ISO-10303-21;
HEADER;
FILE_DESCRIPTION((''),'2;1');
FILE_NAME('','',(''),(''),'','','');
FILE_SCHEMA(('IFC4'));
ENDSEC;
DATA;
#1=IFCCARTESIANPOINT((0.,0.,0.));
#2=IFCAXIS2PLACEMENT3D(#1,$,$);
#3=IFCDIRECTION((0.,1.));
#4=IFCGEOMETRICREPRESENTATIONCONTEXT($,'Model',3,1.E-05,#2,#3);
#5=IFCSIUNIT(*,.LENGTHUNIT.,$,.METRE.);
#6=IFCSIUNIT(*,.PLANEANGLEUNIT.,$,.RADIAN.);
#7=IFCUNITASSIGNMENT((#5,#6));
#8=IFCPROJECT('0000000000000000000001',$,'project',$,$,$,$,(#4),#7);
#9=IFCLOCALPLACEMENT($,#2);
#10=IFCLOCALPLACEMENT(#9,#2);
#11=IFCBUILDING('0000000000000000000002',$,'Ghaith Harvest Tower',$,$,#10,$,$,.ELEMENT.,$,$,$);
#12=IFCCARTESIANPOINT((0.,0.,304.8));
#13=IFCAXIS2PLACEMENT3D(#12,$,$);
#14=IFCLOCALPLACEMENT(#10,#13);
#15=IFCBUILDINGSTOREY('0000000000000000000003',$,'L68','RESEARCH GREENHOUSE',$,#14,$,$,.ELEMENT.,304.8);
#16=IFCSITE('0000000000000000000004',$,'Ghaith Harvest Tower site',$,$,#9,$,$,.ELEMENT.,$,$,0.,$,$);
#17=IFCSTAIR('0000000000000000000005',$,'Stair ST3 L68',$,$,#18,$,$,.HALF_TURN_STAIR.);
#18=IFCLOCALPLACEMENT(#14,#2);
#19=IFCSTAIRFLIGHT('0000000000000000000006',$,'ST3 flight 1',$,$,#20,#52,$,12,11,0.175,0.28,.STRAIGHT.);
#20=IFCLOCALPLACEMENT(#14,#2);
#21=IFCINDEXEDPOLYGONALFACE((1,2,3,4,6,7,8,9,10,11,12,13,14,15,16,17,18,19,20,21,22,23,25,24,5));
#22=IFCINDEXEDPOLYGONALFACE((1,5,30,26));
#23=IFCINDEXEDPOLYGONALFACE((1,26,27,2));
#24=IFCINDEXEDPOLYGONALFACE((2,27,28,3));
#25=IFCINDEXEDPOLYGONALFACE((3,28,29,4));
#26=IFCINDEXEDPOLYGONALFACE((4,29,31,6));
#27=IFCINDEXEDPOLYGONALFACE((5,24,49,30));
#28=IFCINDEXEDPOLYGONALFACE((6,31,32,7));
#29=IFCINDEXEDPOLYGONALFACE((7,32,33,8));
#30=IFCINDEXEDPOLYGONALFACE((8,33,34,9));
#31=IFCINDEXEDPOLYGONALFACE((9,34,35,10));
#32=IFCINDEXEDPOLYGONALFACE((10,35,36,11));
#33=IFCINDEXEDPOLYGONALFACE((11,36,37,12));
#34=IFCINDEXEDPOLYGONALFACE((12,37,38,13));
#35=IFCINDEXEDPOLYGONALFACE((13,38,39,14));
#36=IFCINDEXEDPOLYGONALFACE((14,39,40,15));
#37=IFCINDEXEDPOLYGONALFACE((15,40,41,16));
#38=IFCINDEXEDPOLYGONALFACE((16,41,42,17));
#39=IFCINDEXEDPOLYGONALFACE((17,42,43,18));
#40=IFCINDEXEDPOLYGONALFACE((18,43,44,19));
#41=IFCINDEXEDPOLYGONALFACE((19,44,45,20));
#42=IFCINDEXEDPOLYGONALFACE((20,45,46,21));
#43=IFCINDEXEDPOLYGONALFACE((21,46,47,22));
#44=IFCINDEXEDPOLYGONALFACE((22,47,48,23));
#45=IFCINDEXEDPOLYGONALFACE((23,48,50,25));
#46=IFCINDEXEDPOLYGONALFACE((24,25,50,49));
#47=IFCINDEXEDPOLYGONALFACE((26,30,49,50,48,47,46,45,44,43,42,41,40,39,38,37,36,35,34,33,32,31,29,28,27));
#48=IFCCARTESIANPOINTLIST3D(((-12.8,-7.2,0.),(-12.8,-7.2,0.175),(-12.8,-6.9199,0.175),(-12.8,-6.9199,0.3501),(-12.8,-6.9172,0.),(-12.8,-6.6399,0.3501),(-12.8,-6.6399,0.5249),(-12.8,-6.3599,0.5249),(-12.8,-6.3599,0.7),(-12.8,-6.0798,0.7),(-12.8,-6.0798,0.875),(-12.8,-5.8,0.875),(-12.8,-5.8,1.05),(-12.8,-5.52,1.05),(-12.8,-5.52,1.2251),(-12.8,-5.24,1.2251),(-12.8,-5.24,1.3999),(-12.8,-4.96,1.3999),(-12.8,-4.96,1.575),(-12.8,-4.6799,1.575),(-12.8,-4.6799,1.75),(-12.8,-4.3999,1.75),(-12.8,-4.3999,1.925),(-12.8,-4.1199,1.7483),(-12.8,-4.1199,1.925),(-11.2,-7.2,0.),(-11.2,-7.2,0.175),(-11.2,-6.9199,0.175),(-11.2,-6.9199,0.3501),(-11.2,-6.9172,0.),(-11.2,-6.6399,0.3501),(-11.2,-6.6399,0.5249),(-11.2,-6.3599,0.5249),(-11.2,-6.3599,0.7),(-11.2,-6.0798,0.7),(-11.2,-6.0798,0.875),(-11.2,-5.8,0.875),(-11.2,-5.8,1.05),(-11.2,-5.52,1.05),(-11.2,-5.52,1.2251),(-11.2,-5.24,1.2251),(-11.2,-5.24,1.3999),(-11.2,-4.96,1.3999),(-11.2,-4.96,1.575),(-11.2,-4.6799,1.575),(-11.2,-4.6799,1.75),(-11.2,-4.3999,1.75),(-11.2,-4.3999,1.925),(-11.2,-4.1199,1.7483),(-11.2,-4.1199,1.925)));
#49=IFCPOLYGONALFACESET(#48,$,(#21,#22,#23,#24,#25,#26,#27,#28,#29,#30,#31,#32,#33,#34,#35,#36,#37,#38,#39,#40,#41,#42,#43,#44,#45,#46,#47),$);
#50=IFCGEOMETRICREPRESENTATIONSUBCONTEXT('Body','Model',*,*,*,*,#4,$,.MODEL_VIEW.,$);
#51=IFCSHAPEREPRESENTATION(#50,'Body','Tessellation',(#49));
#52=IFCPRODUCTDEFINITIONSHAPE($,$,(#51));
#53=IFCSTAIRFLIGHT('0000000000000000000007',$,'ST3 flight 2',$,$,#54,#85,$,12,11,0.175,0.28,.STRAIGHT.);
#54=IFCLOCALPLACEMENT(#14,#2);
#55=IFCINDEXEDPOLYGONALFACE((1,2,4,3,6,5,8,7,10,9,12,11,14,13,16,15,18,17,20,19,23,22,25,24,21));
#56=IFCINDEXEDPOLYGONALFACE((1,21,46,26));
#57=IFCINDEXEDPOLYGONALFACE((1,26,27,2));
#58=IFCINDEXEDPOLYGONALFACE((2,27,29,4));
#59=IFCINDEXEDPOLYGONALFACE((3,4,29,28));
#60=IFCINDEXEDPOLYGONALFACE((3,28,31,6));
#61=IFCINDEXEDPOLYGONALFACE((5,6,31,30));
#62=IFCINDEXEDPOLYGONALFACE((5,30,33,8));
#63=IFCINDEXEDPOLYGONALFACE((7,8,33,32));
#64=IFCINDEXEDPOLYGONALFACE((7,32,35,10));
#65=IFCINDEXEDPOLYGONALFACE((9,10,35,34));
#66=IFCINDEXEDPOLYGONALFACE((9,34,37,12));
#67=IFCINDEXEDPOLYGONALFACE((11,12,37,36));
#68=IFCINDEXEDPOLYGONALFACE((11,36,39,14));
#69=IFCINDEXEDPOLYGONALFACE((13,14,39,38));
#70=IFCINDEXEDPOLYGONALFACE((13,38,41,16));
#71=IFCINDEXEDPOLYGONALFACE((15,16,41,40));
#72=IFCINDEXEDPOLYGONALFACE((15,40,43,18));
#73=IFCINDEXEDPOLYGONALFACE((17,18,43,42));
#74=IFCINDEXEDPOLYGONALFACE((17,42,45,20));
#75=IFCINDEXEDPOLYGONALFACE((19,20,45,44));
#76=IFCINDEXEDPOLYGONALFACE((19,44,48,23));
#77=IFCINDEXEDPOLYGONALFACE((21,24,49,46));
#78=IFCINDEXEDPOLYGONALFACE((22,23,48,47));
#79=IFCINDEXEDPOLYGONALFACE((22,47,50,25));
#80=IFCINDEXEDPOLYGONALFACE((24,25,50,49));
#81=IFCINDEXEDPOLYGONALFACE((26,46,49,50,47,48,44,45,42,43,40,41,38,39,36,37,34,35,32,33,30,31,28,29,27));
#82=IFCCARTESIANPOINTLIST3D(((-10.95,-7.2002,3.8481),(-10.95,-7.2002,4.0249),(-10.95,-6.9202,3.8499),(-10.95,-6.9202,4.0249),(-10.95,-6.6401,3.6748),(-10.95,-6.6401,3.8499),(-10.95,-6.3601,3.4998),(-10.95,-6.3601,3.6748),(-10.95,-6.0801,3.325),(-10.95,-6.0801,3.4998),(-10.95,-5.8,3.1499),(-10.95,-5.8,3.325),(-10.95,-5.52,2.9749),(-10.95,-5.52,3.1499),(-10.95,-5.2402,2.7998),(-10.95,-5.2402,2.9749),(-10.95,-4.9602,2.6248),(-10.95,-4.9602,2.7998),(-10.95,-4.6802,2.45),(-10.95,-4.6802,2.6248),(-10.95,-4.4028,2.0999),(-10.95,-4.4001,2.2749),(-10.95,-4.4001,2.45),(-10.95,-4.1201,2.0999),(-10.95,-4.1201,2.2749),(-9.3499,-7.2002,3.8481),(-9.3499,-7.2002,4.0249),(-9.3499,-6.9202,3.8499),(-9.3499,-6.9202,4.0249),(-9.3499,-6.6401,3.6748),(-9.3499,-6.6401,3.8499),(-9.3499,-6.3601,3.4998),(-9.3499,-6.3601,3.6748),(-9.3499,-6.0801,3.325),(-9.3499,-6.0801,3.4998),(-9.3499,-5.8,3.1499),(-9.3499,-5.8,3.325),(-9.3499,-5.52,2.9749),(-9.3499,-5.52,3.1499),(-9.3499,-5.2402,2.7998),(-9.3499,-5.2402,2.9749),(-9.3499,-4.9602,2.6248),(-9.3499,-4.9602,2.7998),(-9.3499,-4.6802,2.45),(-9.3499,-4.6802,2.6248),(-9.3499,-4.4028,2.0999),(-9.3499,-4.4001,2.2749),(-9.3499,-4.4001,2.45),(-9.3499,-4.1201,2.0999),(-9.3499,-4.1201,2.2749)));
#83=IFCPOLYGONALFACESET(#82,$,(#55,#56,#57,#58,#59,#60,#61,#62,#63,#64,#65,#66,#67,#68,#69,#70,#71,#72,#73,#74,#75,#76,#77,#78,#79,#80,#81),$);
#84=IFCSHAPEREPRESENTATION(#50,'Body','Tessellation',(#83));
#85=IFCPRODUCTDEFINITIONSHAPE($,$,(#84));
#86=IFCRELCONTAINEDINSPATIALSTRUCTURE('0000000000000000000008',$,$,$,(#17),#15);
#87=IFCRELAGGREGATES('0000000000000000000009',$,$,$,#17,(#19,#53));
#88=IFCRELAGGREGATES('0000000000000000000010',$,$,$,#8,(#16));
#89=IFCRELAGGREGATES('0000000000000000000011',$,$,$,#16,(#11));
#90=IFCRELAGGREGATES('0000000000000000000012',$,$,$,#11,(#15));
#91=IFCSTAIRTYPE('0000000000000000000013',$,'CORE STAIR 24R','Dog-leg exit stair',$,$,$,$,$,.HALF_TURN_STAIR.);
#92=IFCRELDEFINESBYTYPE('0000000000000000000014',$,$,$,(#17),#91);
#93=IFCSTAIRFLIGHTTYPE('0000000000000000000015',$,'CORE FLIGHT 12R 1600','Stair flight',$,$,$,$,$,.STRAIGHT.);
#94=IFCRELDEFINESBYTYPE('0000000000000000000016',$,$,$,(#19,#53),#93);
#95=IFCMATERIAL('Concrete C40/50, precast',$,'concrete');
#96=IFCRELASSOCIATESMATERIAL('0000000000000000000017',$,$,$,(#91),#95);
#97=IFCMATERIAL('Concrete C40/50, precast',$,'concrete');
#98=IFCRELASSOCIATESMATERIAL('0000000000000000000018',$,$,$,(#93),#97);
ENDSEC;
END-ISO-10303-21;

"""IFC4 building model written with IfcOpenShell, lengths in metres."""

from ifc_helpers import new_model, si_unit, direction, frame, origin, place, context, subcontext, project, spatial, polyline, outline, extrude, material, type_object, element, aggregate, save


model = new_model("IFC4")

# Units and contexts
model_context = context("Model", 3, precision=1e-05, world=origin(), true_north=direction((0.0, 1.0)))
body_context = subcontext(model_context, "Body", "Model", "MODEL_VIEW")
ifc_project = project(units=[si_unit("LENGTHUNIT", "METRE"), si_unit("PLANEANGLEUNIT", "RADIAN")], contexts=[model_context])

# Site, building, storey
site_placement = place(None, origin())
site = spatial("IfcSite", under=ifc_project, at=site_placement, Name="Ghaith Harvest Tower site", CompositionType="ELEMENT", RefElevation=0.0)
building_placement = place(site_placement, origin())
building = spatial("IfcBuilding", under=site, at=building_placement, Name="Ghaith Harvest Tower", CompositionType="ELEMENT")
storey_placement = place(building_placement, frame((0.0, 0.0, 304.8)))
storey = spatial("IfcBuildingStorey", under=building, at=storey_placement, Name="L68", Description="RESEARCH GREENHOUSE", CompositionType="ELEMENT", Elevation=304.8)

# Stair, stair flights
ifc_material_1 = material(Name="Concrete C40/50, precast", Category="concrete")
stair_type = type_object("IfcStairType", Name="CORE STAIR 24R", Description="Dog-leg exit stair", PredefinedType="HALF_TURN_STAIR", material=ifc_material_1)
stair_placement = place(storey_placement, origin())
stair = element("IfcStair", 1, at=stair_placement, inside=storey, type_object=stair_type, Name="Stair ST3 L68", PredefinedType="HALF_TURN_STAIR")
ifc_material_2 = material(Name="Concrete C40/50, precast", Category="concrete")
stair_flight_type = type_object("IfcStairFlightType", Name="CORE FLIGHT 12R 1600", Description="Stair flight", PredefinedType="STRAIGHT", material=ifc_material_2)
stair_flight_1_placement = place(storey_placement, frame((-12.0, -7.2, 0.0), z_axis=(0.0, 0.0, 1.0), x_axis=(0.0, 1.0, 0.0)))
stair_flight_1 = element("IfcStairFlight", 2, at=stair_flight_1_placement, type_object=stair_flight_type, Name="ST3 flight 1", NumberOfRisers=12, NumberOfTreads=11, PredefinedType="STRAIGHT", RiserHeight=0.175, TreadLength=0.28, context=body_context, shape_type="SweptSolid", body=[
    extrude(outline(polyline([(0.0, 0.0), (0.0, 0.175), (0.28, 0.175), (0.28, 0.3501), (0.5601, 0.3501), (0.5601, 0.5249), (0.8401, 0.5249), (0.8401, 0.7), (1.1201, 0.7), (1.1201, 0.875), (1.3999, 0.875), (1.3999, 1.05), (1.6799, 1.05), (1.6799, 1.2251), (1.96, 1.2251), (1.96, 1.3999), (2.24, 1.3999), (2.24, 1.575), (2.52, 1.575), (2.52, 1.75), (2.8, 1.75), (2.8, 1.925), (3.0801, 1.925), (3.0801, 2.1001), (3.0801, 1.7483), (0.2827, 0.0), (0.0, 0.0)])), frame((0.0, 0.8, 0.0), z_axis=(0.0, -1.0, 0.0), x_axis=(1.0, 0.0, 0.0)), (0.0, 0.0, 1.0), 1.6001),
])
stair_flight_2_placement = place(storey_placement, frame((-10.1499, -4.1201, 2.0999), z_axis=(0.0, 0.0, 1.0), x_axis=(0.0, -1.0, 0.0)))
stair_flight_2 = element("IfcStairFlight", 3, at=stair_flight_2_placement, type_object=stair_flight_type, Name="ST3 flight 2", NumberOfRisers=12, NumberOfTreads=11, PredefinedType="STRAIGHT", RiserHeight=0.175, TreadLength=0.28, context=body_context, shape_type="SweptSolid", body=[
    extrude(outline(polyline([(0.0, 0.0), (0.0, 0.175), (0.28, 0.175), (0.28, 0.3501), (0.5601, 0.3501), (0.5601, 0.5249), (0.8401, 0.5249), (0.8401, 0.7), (1.1201, 0.7), (1.1201, 0.875), (1.3999, 0.875), (1.3999, 1.05), (1.6799, 1.05), (1.6799, 1.2251), (1.96, 1.2251), (1.96, 1.3999), (2.24, 1.3999), (2.24, 1.575), (2.52, 1.575), (2.52, 1.75), (2.8, 1.75), (2.8, 1.925), (3.0801, 1.925), (3.0801, 2.1001), (3.0801, 1.7483), (0.2827, 0.0), (0.0, 0.0)])), frame((0.0, 0.8, 0.0), z_axis=(0.0, -1.0, 0.0), x_axis=(1.0, 0.0, 0.0)), (0.0, 0.0, 1.0), 1.6001),
])
aggregate(stair, [stair_flight_1, stair_flight_2])

save(model, "model.ifc")
